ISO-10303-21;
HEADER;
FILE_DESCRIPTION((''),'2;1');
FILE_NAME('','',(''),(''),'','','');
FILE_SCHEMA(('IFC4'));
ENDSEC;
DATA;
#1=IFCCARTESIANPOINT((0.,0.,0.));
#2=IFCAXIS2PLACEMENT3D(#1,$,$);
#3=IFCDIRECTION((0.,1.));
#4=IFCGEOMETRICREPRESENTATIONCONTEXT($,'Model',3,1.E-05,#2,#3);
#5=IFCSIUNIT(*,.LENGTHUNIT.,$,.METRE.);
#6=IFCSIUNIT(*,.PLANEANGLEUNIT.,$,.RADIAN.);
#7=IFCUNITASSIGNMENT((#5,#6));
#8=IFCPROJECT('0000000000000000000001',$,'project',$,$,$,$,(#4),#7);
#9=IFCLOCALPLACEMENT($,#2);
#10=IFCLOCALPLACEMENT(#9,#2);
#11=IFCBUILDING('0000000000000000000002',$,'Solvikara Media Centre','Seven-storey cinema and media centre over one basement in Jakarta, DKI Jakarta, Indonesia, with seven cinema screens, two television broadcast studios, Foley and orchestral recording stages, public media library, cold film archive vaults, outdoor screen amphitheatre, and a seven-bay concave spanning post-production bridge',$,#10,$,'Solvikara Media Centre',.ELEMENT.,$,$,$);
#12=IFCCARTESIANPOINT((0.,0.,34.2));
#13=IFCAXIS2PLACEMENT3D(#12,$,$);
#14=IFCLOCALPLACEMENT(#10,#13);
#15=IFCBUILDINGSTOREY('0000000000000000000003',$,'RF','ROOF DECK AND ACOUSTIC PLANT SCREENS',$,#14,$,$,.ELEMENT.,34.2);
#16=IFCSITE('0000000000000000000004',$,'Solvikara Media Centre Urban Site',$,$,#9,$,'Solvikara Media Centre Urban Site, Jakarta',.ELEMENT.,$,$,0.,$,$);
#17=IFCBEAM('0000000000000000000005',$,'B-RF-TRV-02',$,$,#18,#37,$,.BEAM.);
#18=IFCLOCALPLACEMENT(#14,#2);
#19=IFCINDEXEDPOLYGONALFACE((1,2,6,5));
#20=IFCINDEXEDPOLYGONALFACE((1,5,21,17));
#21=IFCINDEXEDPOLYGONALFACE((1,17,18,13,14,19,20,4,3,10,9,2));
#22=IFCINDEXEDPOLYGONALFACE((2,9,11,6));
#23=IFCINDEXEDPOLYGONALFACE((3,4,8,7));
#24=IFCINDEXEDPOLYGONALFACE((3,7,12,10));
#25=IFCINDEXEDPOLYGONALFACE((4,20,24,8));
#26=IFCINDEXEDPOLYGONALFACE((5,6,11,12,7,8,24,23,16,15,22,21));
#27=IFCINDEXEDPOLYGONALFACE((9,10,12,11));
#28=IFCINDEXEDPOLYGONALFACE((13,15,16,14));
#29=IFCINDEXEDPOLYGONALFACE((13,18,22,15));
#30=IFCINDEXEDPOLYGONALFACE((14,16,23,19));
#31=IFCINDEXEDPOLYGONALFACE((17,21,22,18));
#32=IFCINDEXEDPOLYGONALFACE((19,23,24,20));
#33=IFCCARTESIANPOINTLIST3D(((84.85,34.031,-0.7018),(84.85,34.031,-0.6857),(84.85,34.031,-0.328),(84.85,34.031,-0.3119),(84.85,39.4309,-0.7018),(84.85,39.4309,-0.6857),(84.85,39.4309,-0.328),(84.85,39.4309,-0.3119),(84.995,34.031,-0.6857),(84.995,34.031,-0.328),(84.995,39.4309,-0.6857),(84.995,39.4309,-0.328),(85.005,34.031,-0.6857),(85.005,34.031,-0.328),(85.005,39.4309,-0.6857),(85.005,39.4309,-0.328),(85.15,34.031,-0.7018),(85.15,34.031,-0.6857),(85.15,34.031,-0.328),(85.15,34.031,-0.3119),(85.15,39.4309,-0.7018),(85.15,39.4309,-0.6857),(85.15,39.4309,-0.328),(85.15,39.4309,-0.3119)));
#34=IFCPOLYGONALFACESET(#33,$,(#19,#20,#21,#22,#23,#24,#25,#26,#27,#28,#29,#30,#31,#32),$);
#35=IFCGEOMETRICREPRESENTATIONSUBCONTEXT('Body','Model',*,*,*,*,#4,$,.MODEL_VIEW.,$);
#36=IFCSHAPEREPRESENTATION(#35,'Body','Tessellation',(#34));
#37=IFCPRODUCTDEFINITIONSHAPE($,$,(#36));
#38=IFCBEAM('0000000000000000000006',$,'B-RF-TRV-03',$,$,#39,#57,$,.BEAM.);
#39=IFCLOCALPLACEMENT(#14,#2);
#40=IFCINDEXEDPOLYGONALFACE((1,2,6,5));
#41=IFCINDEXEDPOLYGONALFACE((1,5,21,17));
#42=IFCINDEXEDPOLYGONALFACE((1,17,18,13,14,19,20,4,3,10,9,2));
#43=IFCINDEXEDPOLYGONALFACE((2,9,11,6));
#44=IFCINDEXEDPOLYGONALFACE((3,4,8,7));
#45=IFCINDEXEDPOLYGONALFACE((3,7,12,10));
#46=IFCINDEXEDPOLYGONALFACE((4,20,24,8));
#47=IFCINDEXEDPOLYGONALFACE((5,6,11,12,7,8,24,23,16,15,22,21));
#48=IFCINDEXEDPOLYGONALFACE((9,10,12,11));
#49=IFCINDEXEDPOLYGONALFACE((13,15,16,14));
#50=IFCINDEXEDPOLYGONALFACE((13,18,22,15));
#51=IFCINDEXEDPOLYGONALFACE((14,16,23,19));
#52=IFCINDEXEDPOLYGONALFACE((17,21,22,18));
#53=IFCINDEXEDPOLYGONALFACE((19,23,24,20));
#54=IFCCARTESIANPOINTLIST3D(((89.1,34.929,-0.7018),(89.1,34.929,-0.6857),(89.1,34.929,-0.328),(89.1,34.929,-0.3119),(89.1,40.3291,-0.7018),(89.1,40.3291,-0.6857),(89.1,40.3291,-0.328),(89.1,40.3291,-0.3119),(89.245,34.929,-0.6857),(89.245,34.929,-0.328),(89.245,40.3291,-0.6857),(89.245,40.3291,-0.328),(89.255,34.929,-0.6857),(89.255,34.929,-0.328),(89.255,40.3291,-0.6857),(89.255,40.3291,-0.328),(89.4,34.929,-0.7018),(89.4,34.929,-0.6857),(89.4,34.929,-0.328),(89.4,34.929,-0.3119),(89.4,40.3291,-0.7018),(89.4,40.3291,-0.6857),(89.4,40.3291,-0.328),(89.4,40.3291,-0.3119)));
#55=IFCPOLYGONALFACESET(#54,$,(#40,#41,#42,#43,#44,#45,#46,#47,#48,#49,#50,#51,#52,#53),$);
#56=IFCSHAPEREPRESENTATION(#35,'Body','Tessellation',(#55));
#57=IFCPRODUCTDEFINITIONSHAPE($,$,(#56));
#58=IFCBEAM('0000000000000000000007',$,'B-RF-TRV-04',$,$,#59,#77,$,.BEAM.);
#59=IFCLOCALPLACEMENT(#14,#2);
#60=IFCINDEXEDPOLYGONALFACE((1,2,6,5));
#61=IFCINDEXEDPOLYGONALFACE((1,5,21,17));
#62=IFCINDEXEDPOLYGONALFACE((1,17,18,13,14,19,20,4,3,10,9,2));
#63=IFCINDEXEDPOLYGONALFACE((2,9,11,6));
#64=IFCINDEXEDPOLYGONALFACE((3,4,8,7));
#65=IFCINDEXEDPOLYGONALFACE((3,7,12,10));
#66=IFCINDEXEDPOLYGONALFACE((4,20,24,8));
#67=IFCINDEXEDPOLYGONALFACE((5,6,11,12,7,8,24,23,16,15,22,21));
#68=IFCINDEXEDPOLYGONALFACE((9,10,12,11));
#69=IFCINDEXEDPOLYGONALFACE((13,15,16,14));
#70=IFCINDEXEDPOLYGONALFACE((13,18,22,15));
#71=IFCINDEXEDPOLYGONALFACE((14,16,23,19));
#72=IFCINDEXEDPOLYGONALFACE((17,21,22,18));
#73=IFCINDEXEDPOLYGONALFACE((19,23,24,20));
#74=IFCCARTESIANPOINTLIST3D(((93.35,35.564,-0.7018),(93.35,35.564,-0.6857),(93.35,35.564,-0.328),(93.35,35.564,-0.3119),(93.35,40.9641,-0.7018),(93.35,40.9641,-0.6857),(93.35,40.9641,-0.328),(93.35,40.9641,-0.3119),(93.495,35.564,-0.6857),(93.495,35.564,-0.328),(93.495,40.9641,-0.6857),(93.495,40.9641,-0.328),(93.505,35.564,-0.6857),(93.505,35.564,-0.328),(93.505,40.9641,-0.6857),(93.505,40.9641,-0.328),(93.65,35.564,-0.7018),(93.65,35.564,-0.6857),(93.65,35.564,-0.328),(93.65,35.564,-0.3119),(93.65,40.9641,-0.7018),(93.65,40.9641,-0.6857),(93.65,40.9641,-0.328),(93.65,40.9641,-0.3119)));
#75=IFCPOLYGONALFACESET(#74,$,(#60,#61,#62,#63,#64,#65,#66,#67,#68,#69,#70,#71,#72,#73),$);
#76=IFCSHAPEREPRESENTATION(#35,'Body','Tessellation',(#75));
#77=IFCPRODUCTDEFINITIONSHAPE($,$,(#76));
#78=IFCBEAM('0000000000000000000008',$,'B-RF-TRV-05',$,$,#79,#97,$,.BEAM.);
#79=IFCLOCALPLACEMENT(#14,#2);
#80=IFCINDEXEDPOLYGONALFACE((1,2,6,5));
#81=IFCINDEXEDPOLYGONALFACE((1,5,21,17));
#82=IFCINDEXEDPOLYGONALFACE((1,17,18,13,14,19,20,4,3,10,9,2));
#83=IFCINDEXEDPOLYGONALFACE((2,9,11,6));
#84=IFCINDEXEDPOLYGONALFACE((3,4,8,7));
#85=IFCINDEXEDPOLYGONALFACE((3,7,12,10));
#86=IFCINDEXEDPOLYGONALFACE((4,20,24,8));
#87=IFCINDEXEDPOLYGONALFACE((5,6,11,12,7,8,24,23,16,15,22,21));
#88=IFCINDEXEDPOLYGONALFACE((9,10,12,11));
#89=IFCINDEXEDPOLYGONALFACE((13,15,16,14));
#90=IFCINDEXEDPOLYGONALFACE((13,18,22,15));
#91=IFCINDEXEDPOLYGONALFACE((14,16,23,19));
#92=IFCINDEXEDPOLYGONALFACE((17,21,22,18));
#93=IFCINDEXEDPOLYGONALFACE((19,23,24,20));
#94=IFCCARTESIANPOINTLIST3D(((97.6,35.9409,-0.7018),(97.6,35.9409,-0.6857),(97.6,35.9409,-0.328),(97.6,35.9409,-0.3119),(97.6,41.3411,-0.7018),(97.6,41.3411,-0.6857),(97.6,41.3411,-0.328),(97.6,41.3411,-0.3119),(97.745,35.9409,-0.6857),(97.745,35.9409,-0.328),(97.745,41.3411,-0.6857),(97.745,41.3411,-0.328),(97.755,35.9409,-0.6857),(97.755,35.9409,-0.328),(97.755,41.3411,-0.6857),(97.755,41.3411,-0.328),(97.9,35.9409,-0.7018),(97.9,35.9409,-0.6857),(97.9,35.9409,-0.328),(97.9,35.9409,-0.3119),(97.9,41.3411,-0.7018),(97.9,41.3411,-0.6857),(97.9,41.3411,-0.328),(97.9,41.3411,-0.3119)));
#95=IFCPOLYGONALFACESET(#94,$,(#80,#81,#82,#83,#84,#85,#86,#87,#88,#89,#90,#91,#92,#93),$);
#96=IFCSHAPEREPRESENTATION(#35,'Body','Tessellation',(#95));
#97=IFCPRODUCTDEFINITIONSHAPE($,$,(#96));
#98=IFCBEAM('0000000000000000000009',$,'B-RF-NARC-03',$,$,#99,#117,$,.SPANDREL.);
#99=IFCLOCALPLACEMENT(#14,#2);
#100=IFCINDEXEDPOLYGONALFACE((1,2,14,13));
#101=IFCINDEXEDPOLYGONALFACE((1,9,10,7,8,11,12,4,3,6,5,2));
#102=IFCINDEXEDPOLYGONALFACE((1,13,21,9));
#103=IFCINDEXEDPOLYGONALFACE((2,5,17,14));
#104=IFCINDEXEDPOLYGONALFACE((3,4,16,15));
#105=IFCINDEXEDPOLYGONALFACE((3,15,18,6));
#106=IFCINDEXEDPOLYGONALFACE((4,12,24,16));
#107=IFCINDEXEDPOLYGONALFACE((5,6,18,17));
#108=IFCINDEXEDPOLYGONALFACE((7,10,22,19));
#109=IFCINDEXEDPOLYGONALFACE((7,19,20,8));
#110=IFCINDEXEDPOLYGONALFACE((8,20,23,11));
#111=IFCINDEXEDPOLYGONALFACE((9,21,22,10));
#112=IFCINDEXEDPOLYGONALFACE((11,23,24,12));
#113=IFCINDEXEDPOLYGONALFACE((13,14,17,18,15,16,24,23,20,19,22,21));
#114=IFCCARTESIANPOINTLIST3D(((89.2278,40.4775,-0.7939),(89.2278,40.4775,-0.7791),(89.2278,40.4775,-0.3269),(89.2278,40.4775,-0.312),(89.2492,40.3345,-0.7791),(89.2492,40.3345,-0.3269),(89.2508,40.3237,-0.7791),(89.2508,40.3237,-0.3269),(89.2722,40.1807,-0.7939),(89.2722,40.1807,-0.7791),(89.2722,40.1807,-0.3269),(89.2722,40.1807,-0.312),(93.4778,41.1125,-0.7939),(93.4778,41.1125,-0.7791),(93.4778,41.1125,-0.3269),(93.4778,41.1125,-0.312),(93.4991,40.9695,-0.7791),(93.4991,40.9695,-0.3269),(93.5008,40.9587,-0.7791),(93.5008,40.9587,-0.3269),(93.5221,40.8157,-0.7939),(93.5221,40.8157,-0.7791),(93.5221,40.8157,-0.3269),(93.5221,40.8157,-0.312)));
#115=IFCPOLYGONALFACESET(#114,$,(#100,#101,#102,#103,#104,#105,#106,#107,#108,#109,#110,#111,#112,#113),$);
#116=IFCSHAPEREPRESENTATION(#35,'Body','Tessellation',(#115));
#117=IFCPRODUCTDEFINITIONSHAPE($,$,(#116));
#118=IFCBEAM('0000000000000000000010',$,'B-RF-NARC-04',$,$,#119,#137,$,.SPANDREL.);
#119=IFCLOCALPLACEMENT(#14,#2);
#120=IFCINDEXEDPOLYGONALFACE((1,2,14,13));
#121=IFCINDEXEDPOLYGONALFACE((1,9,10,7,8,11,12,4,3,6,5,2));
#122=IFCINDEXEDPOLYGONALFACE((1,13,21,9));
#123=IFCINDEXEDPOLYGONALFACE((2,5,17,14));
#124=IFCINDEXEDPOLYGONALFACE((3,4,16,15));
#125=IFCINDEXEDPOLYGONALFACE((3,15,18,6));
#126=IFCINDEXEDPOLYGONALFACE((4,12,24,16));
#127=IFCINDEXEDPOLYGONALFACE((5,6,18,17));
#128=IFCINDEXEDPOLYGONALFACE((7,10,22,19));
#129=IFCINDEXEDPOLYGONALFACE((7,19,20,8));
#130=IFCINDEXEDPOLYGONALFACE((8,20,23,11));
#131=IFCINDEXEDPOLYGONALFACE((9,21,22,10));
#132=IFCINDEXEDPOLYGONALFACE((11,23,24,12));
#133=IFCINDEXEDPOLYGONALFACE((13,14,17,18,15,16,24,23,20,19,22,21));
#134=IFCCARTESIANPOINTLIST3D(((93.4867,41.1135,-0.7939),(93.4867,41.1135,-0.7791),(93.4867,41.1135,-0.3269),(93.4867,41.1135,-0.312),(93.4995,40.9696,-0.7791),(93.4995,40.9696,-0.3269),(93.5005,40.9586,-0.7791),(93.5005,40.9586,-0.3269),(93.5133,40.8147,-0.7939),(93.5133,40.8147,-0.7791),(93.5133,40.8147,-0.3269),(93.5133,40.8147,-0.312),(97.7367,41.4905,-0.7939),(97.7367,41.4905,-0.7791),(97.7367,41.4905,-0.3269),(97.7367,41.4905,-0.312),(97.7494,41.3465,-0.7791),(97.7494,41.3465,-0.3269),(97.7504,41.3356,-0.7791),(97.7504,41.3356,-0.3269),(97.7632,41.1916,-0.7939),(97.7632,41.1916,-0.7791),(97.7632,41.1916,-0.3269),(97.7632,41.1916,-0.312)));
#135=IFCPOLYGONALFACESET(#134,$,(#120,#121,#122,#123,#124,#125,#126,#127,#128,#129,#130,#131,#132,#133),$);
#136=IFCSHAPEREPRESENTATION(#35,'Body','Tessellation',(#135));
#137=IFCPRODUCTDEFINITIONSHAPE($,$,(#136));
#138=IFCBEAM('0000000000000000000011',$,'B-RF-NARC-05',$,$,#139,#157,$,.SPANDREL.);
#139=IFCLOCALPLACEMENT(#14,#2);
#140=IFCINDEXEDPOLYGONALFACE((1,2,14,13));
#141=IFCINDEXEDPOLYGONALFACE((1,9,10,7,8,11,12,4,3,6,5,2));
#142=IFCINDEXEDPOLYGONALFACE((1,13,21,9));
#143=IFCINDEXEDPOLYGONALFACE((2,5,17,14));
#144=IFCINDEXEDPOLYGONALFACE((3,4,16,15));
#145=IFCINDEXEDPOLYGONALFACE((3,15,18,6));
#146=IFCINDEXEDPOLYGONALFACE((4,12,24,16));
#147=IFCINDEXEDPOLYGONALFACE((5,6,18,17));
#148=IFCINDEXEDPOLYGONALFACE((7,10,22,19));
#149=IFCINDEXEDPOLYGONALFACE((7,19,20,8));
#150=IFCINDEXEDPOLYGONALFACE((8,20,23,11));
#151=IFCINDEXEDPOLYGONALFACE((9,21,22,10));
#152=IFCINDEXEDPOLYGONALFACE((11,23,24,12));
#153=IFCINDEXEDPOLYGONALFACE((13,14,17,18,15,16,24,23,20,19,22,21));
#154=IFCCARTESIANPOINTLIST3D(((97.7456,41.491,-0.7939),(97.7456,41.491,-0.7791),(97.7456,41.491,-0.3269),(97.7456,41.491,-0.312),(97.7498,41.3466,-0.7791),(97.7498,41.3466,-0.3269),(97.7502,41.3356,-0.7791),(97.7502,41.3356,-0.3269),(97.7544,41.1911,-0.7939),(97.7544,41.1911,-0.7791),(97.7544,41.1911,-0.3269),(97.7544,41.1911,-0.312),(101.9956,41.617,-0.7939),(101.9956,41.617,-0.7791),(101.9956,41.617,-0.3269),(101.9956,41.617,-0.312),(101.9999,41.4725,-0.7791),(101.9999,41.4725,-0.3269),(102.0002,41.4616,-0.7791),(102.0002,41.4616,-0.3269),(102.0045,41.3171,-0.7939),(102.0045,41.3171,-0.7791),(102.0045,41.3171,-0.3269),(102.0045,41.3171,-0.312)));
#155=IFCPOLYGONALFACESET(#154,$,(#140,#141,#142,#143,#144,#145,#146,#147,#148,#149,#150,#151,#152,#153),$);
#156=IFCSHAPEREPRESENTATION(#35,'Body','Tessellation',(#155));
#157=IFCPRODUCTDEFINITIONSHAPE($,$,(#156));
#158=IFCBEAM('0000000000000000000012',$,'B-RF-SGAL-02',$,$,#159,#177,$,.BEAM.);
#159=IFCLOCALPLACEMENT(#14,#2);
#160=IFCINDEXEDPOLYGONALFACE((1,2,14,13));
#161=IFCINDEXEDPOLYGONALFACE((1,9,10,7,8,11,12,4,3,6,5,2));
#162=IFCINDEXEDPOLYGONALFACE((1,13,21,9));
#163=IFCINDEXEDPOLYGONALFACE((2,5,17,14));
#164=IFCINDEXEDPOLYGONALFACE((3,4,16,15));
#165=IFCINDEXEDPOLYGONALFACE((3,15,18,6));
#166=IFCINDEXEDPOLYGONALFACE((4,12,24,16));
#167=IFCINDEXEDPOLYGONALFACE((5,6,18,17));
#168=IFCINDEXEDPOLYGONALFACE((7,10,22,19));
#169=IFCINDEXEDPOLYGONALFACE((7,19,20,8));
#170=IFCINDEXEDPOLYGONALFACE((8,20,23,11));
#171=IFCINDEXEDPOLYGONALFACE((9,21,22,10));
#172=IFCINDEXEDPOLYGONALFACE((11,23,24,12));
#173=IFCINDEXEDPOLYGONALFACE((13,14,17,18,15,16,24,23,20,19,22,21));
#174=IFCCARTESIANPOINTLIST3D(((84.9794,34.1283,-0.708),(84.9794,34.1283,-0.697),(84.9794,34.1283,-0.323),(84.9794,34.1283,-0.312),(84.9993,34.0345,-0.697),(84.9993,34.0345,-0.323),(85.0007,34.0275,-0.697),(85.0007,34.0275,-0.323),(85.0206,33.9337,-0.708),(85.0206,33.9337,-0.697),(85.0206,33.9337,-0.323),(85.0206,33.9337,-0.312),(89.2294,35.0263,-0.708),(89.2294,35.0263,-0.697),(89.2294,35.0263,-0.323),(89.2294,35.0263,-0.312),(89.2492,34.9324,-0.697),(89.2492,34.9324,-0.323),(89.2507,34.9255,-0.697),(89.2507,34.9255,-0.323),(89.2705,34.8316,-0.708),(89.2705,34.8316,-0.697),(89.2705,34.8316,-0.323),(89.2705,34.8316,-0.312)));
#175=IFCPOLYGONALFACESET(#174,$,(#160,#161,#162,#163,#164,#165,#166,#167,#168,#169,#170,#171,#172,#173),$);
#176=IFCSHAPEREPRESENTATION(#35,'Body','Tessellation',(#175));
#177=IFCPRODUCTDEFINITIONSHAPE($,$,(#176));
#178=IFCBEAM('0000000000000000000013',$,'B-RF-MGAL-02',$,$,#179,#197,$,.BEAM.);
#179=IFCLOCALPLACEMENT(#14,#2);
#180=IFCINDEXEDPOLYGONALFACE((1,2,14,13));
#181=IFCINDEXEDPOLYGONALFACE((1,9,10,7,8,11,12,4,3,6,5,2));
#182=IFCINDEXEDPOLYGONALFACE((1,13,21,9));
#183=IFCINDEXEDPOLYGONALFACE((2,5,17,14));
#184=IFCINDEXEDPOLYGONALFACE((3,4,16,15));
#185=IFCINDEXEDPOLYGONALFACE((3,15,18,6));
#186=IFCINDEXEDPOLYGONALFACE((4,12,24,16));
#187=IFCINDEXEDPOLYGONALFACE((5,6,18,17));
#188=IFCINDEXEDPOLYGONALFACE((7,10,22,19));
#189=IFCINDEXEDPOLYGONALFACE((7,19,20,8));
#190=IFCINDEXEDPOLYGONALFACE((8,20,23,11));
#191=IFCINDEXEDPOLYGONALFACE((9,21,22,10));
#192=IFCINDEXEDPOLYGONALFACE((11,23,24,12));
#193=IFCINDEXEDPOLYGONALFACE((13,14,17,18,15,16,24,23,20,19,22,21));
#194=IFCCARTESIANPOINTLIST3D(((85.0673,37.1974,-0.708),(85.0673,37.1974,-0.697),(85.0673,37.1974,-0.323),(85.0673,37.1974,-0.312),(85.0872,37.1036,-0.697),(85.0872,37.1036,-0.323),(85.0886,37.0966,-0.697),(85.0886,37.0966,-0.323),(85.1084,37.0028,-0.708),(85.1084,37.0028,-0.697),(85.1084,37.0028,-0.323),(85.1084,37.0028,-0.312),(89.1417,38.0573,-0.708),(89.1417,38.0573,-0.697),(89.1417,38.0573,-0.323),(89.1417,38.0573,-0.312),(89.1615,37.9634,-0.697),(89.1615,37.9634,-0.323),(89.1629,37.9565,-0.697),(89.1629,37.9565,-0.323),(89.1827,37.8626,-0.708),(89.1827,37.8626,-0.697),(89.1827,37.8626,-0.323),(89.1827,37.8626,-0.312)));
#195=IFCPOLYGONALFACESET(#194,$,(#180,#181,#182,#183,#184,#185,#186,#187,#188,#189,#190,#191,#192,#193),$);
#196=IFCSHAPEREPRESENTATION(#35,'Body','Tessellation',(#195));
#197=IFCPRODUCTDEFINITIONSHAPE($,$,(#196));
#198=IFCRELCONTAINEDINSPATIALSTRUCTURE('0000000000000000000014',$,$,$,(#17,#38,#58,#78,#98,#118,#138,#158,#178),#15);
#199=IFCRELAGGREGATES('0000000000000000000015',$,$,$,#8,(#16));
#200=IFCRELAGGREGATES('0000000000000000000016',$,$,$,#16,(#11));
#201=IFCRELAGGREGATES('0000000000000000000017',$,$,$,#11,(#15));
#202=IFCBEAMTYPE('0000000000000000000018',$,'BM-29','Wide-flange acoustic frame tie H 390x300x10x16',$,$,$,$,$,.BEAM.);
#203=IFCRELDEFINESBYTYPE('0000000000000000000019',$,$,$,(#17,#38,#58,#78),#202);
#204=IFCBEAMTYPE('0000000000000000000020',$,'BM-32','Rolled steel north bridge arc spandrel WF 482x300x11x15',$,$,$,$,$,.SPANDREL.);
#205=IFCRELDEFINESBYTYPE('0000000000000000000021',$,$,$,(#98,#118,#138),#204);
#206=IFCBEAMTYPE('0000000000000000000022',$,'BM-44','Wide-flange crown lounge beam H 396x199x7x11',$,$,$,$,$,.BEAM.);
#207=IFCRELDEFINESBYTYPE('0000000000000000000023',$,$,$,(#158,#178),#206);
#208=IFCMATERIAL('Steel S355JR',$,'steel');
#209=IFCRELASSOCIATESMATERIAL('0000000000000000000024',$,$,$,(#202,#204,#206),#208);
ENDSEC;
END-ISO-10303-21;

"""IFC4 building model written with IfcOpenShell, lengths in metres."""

from ifc_helpers import new_model, si_unit, direction, frame, origin, origin_2d, place, context, subcontext, project, spatial, i_section, extrude, material, material_profile, profile_set, type_object, element, save


model = new_model("IFC4")

# Units and contexts
model_context = context("Model", 3, precision=1e-05, world=origin(), true_north=direction((0.0, 1.0)))
body_context = subcontext(model_context, "Body", "Model", "MODEL_VIEW")
ifc_project = project(units=[si_unit("LENGTHUNIT", "METRE"), si_unit("PLANEANGLEUNIT", "RADIAN")], contexts=[model_context])

# Site, building, storey
site_placement = place(None, origin())
site = spatial("IfcSite", under=ifc_project, at=site_placement, Name="Solvikara Media Centre Urban Site", LongName="Solvikara Media Centre Urban Site, Jakarta", CompositionType="ELEMENT", RefElevation=0.0)
building_placement = place(site_placement, origin())
building = spatial("IfcBuilding", under=site, at=building_placement, Name="Solvikara Media Centre", Description="Seven-storey cinema and media centre over one basement in Jakarta, DKI Jakarta, Indonesia, with seven cinema screens, two television broadcast studios, Foley and orchestral recording stages, public media library, cold film archive vaults, outdoor screen amphitheatre, and a seven-bay concave spanning post-production bridge", LongName="Solvikara Media Centre", CompositionType="ELEMENT")
storey_placement = place(building_placement, frame((0.0, 0.0, 34.2)))
storey = spatial("IfcBuildingStorey", under=building, at=storey_placement, Name="RF", Description="ROOF DECK AND ACOUSTIC PLANT SCREENS", CompositionType="ELEMENT", Elevation=34.2)

# Beams
ifc_material_1 = material(Name="Steel S355JR", Category="steel")
ifc_material_profile_1 = material_profile(ifc_material_1, i_section(OverallWidth=0.3, OverallDepth=0.3899, WebThickness=0.01, FlangeThickness=0.0161, at=origin_2d()), Name="H 390x300x10x16")
ifc_profile_set_1 = profile_set([ifc_material_profile_1], Name="Steel S355JR")
beam_type_1 = type_object("IfcBeamType", Name="BM-29", Description="Wide-flange acoustic frame tie H 390x300x10x16", PredefinedType="BEAM", material=ifc_profile_set_1)
beam_1_placement = place(storey_placement, frame((85.0, 34.031, -0.5068), z_axis=(0.0, 1.0, 0.0), x_axis=(-1.0, 0.0, 0.0)))
element("IfcBeam", 1, at=beam_1_placement, inside=storey, type_object=beam_type_1, Name="B-RF-TRV-02", PredefinedType="BEAM", context=body_context, shape_type="SweptSolid", body=[
    extrude(i_section(OverallWidth=0.3, OverallDepth=0.3899, WebThickness=0.01, FlangeThickness=0.0161, at=origin_2d()), origin(), (0.0, 0.0, 1.0), 5.3999),
])
for number, where, z_axis, x_axis, name in (
    (2, (89.25, 34.929, -0.5068), (0.0, 1.0, 0.0), (-1.0, 0.0, 0.0), "B-RF-TRV-03"),
    (3, (93.5, 35.564, -0.5068), (0.0, 1.0, 0.0), (-1.0, 0.0, 0.0), "B-RF-TRV-04"),
    (4, (97.75, 35.9409, -0.5068), (0.0, 1.0, 0.0), (-1.0, 0.0, 0.0), "B-RF-TRV-05"),
):
    element("IfcBeam", number, at=place(storey_placement, frame(where, z_axis=z_axis, x_axis=x_axis)), inside=storey, type_object=beam_type_1, Name=name, PredefinedType="BEAM", context=body_context, shape_type="SweptSolid", body=[
        extrude(i_section(OverallWidth=0.3, OverallDepth=0.3899, WebThickness=0.01, FlangeThickness=0.0161, at=origin_2d()), origin(), (0.0, 0.0, 1.0), 5.4001),
    ])
ifc_material_profile_2 = material_profile(ifc_material_1, i_section(OverallWidth=0.3, OverallDepth=0.4819, WebThickness=0.011, FlangeThickness=0.0149, at=origin_2d()), Name="WF 482x300x11x15")
ifc_profile_set_2 = profile_set([ifc_material_profile_2], Name="Steel S355JR")
beam_type_2 = type_object("IfcBeamType", Name="BM-32", Description="Rolled steel north bridge arc spandrel WF 482x300x11x15", PredefinedType="SPANDREL", material=ifc_profile_set_2)
beam_2_placement = place(storey_placement, frame((89.25, 40.3291, -0.553), z_axis=(0.989021, 0.147774, 0.0), x_axis=(-0.147774, 0.989021, 0.0)))
element("IfcBeam", 5, at=beam_2_placement, inside=storey, type_object=beam_type_2, Name="B-RF-NARC-03", PredefinedType="SPANDREL", context=body_context, shape_type="SweptSolid", body=[
    extrude(i_section(OverallWidth=0.3, OverallDepth=0.4819, WebThickness=0.011, FlangeThickness=0.0149, at=origin_2d()), origin(), (0.0, 0.0, 1.0), 4.2971),
])
beam_3_placement = place(storey_placement, frame((93.5, 40.9641, -0.553), z_axis=(0.99609, 0.088348, 0.0), x_axis=(-0.088348, 0.99609, 0.0)))
element("IfcBeam", 6, at=beam_3_placement, inside=storey, type_object=beam_type_2, Name="B-RF-NARC-04", PredefinedType="SPANDREL", context=body_context, shape_type="SweptSolid", body=[
    extrude(i_section(OverallWidth=0.3, OverallDepth=0.4819, WebThickness=0.011, FlangeThickness=0.0149, at=origin_2d()), origin(), (0.0, 0.0, 1.0), 4.2666),
])
beam_4_placement = place(storey_placement, frame((97.75, 41.3411, -0.553), z_axis=(0.999561, 0.029629, 0.0), x_axis=(-0.029629, 0.999561, 0.0)))
element("IfcBeam", 7, at=beam_4_placement, inside=storey, type_object=beam_type_2, Name="B-RF-NARC-05", PredefinedType="SPANDREL", context=body_context, shape_type="SweptSolid", body=[
    extrude(i_section(OverallWidth=0.3, OverallDepth=0.4819, WebThickness=0.011, FlangeThickness=0.0149, at=origin_2d()), origin(), (0.0, 0.0, 1.0), 4.252),
])
ifc_material_profile_3 = material_profile(ifc_material_1, i_section(OverallWidth=0.199, OverallDepth=0.396, WebThickness=0.0071, FlangeThickness=0.011, at=origin_2d()), Name="H 396x199x7x11")
ifc_profile_set_3 = profile_set([ifc_material_profile_3], Name="Steel S355JR")
beam_type_3 = type_object("IfcBeamType", Name="BM-44", Description="Wide-flange crown lounge beam H 396x199x7x11", PredefinedType="BEAM", material=ifc_profile_set_3)
beam_5_placement = place(storey_placement, frame((85.0, 34.031, -0.51), z_axis=(0.9784, 0.206719, 0.0), x_axis=(-0.206719, 0.9784, 0.0)))
element("IfcBeam", 8, at=beam_5_placement, inside=storey, type_object=beam_type_3, Name="B-RF-SGAL-02", PredefinedType="BEAM", context=body_context, shape_type="SweptSolid", body=[
    extrude(i_section(OverallWidth=0.199, OverallDepth=0.396, WebThickness=0.0071, FlangeThickness=0.011, at=origin_2d()), origin(), (0.0, 0.0, 1.0), 4.3438),
])
beam_6_placement = place(storey_placement, frame((85.0879, 37.1001, -0.51), z_axis=(0.978446, 0.206501, 0.0), x_axis=(-0.206501, 0.978446, 0.0)))
element("IfcBeam", 9, at=beam_6_placement, inside=storey, type_object=beam_type_3, Name="B-RF-MGAL-02", PredefinedType="BEAM", context=body_context, shape_type="SweptSolid", body=[
    extrude(i_section(OverallWidth=0.199, OverallDepth=0.396, WebThickness=0.0071, FlangeThickness=0.011, at=origin_2d()), origin(), (0.0, 0.0, 1.0), 4.1641),
])

save(model, "model.ifc")
